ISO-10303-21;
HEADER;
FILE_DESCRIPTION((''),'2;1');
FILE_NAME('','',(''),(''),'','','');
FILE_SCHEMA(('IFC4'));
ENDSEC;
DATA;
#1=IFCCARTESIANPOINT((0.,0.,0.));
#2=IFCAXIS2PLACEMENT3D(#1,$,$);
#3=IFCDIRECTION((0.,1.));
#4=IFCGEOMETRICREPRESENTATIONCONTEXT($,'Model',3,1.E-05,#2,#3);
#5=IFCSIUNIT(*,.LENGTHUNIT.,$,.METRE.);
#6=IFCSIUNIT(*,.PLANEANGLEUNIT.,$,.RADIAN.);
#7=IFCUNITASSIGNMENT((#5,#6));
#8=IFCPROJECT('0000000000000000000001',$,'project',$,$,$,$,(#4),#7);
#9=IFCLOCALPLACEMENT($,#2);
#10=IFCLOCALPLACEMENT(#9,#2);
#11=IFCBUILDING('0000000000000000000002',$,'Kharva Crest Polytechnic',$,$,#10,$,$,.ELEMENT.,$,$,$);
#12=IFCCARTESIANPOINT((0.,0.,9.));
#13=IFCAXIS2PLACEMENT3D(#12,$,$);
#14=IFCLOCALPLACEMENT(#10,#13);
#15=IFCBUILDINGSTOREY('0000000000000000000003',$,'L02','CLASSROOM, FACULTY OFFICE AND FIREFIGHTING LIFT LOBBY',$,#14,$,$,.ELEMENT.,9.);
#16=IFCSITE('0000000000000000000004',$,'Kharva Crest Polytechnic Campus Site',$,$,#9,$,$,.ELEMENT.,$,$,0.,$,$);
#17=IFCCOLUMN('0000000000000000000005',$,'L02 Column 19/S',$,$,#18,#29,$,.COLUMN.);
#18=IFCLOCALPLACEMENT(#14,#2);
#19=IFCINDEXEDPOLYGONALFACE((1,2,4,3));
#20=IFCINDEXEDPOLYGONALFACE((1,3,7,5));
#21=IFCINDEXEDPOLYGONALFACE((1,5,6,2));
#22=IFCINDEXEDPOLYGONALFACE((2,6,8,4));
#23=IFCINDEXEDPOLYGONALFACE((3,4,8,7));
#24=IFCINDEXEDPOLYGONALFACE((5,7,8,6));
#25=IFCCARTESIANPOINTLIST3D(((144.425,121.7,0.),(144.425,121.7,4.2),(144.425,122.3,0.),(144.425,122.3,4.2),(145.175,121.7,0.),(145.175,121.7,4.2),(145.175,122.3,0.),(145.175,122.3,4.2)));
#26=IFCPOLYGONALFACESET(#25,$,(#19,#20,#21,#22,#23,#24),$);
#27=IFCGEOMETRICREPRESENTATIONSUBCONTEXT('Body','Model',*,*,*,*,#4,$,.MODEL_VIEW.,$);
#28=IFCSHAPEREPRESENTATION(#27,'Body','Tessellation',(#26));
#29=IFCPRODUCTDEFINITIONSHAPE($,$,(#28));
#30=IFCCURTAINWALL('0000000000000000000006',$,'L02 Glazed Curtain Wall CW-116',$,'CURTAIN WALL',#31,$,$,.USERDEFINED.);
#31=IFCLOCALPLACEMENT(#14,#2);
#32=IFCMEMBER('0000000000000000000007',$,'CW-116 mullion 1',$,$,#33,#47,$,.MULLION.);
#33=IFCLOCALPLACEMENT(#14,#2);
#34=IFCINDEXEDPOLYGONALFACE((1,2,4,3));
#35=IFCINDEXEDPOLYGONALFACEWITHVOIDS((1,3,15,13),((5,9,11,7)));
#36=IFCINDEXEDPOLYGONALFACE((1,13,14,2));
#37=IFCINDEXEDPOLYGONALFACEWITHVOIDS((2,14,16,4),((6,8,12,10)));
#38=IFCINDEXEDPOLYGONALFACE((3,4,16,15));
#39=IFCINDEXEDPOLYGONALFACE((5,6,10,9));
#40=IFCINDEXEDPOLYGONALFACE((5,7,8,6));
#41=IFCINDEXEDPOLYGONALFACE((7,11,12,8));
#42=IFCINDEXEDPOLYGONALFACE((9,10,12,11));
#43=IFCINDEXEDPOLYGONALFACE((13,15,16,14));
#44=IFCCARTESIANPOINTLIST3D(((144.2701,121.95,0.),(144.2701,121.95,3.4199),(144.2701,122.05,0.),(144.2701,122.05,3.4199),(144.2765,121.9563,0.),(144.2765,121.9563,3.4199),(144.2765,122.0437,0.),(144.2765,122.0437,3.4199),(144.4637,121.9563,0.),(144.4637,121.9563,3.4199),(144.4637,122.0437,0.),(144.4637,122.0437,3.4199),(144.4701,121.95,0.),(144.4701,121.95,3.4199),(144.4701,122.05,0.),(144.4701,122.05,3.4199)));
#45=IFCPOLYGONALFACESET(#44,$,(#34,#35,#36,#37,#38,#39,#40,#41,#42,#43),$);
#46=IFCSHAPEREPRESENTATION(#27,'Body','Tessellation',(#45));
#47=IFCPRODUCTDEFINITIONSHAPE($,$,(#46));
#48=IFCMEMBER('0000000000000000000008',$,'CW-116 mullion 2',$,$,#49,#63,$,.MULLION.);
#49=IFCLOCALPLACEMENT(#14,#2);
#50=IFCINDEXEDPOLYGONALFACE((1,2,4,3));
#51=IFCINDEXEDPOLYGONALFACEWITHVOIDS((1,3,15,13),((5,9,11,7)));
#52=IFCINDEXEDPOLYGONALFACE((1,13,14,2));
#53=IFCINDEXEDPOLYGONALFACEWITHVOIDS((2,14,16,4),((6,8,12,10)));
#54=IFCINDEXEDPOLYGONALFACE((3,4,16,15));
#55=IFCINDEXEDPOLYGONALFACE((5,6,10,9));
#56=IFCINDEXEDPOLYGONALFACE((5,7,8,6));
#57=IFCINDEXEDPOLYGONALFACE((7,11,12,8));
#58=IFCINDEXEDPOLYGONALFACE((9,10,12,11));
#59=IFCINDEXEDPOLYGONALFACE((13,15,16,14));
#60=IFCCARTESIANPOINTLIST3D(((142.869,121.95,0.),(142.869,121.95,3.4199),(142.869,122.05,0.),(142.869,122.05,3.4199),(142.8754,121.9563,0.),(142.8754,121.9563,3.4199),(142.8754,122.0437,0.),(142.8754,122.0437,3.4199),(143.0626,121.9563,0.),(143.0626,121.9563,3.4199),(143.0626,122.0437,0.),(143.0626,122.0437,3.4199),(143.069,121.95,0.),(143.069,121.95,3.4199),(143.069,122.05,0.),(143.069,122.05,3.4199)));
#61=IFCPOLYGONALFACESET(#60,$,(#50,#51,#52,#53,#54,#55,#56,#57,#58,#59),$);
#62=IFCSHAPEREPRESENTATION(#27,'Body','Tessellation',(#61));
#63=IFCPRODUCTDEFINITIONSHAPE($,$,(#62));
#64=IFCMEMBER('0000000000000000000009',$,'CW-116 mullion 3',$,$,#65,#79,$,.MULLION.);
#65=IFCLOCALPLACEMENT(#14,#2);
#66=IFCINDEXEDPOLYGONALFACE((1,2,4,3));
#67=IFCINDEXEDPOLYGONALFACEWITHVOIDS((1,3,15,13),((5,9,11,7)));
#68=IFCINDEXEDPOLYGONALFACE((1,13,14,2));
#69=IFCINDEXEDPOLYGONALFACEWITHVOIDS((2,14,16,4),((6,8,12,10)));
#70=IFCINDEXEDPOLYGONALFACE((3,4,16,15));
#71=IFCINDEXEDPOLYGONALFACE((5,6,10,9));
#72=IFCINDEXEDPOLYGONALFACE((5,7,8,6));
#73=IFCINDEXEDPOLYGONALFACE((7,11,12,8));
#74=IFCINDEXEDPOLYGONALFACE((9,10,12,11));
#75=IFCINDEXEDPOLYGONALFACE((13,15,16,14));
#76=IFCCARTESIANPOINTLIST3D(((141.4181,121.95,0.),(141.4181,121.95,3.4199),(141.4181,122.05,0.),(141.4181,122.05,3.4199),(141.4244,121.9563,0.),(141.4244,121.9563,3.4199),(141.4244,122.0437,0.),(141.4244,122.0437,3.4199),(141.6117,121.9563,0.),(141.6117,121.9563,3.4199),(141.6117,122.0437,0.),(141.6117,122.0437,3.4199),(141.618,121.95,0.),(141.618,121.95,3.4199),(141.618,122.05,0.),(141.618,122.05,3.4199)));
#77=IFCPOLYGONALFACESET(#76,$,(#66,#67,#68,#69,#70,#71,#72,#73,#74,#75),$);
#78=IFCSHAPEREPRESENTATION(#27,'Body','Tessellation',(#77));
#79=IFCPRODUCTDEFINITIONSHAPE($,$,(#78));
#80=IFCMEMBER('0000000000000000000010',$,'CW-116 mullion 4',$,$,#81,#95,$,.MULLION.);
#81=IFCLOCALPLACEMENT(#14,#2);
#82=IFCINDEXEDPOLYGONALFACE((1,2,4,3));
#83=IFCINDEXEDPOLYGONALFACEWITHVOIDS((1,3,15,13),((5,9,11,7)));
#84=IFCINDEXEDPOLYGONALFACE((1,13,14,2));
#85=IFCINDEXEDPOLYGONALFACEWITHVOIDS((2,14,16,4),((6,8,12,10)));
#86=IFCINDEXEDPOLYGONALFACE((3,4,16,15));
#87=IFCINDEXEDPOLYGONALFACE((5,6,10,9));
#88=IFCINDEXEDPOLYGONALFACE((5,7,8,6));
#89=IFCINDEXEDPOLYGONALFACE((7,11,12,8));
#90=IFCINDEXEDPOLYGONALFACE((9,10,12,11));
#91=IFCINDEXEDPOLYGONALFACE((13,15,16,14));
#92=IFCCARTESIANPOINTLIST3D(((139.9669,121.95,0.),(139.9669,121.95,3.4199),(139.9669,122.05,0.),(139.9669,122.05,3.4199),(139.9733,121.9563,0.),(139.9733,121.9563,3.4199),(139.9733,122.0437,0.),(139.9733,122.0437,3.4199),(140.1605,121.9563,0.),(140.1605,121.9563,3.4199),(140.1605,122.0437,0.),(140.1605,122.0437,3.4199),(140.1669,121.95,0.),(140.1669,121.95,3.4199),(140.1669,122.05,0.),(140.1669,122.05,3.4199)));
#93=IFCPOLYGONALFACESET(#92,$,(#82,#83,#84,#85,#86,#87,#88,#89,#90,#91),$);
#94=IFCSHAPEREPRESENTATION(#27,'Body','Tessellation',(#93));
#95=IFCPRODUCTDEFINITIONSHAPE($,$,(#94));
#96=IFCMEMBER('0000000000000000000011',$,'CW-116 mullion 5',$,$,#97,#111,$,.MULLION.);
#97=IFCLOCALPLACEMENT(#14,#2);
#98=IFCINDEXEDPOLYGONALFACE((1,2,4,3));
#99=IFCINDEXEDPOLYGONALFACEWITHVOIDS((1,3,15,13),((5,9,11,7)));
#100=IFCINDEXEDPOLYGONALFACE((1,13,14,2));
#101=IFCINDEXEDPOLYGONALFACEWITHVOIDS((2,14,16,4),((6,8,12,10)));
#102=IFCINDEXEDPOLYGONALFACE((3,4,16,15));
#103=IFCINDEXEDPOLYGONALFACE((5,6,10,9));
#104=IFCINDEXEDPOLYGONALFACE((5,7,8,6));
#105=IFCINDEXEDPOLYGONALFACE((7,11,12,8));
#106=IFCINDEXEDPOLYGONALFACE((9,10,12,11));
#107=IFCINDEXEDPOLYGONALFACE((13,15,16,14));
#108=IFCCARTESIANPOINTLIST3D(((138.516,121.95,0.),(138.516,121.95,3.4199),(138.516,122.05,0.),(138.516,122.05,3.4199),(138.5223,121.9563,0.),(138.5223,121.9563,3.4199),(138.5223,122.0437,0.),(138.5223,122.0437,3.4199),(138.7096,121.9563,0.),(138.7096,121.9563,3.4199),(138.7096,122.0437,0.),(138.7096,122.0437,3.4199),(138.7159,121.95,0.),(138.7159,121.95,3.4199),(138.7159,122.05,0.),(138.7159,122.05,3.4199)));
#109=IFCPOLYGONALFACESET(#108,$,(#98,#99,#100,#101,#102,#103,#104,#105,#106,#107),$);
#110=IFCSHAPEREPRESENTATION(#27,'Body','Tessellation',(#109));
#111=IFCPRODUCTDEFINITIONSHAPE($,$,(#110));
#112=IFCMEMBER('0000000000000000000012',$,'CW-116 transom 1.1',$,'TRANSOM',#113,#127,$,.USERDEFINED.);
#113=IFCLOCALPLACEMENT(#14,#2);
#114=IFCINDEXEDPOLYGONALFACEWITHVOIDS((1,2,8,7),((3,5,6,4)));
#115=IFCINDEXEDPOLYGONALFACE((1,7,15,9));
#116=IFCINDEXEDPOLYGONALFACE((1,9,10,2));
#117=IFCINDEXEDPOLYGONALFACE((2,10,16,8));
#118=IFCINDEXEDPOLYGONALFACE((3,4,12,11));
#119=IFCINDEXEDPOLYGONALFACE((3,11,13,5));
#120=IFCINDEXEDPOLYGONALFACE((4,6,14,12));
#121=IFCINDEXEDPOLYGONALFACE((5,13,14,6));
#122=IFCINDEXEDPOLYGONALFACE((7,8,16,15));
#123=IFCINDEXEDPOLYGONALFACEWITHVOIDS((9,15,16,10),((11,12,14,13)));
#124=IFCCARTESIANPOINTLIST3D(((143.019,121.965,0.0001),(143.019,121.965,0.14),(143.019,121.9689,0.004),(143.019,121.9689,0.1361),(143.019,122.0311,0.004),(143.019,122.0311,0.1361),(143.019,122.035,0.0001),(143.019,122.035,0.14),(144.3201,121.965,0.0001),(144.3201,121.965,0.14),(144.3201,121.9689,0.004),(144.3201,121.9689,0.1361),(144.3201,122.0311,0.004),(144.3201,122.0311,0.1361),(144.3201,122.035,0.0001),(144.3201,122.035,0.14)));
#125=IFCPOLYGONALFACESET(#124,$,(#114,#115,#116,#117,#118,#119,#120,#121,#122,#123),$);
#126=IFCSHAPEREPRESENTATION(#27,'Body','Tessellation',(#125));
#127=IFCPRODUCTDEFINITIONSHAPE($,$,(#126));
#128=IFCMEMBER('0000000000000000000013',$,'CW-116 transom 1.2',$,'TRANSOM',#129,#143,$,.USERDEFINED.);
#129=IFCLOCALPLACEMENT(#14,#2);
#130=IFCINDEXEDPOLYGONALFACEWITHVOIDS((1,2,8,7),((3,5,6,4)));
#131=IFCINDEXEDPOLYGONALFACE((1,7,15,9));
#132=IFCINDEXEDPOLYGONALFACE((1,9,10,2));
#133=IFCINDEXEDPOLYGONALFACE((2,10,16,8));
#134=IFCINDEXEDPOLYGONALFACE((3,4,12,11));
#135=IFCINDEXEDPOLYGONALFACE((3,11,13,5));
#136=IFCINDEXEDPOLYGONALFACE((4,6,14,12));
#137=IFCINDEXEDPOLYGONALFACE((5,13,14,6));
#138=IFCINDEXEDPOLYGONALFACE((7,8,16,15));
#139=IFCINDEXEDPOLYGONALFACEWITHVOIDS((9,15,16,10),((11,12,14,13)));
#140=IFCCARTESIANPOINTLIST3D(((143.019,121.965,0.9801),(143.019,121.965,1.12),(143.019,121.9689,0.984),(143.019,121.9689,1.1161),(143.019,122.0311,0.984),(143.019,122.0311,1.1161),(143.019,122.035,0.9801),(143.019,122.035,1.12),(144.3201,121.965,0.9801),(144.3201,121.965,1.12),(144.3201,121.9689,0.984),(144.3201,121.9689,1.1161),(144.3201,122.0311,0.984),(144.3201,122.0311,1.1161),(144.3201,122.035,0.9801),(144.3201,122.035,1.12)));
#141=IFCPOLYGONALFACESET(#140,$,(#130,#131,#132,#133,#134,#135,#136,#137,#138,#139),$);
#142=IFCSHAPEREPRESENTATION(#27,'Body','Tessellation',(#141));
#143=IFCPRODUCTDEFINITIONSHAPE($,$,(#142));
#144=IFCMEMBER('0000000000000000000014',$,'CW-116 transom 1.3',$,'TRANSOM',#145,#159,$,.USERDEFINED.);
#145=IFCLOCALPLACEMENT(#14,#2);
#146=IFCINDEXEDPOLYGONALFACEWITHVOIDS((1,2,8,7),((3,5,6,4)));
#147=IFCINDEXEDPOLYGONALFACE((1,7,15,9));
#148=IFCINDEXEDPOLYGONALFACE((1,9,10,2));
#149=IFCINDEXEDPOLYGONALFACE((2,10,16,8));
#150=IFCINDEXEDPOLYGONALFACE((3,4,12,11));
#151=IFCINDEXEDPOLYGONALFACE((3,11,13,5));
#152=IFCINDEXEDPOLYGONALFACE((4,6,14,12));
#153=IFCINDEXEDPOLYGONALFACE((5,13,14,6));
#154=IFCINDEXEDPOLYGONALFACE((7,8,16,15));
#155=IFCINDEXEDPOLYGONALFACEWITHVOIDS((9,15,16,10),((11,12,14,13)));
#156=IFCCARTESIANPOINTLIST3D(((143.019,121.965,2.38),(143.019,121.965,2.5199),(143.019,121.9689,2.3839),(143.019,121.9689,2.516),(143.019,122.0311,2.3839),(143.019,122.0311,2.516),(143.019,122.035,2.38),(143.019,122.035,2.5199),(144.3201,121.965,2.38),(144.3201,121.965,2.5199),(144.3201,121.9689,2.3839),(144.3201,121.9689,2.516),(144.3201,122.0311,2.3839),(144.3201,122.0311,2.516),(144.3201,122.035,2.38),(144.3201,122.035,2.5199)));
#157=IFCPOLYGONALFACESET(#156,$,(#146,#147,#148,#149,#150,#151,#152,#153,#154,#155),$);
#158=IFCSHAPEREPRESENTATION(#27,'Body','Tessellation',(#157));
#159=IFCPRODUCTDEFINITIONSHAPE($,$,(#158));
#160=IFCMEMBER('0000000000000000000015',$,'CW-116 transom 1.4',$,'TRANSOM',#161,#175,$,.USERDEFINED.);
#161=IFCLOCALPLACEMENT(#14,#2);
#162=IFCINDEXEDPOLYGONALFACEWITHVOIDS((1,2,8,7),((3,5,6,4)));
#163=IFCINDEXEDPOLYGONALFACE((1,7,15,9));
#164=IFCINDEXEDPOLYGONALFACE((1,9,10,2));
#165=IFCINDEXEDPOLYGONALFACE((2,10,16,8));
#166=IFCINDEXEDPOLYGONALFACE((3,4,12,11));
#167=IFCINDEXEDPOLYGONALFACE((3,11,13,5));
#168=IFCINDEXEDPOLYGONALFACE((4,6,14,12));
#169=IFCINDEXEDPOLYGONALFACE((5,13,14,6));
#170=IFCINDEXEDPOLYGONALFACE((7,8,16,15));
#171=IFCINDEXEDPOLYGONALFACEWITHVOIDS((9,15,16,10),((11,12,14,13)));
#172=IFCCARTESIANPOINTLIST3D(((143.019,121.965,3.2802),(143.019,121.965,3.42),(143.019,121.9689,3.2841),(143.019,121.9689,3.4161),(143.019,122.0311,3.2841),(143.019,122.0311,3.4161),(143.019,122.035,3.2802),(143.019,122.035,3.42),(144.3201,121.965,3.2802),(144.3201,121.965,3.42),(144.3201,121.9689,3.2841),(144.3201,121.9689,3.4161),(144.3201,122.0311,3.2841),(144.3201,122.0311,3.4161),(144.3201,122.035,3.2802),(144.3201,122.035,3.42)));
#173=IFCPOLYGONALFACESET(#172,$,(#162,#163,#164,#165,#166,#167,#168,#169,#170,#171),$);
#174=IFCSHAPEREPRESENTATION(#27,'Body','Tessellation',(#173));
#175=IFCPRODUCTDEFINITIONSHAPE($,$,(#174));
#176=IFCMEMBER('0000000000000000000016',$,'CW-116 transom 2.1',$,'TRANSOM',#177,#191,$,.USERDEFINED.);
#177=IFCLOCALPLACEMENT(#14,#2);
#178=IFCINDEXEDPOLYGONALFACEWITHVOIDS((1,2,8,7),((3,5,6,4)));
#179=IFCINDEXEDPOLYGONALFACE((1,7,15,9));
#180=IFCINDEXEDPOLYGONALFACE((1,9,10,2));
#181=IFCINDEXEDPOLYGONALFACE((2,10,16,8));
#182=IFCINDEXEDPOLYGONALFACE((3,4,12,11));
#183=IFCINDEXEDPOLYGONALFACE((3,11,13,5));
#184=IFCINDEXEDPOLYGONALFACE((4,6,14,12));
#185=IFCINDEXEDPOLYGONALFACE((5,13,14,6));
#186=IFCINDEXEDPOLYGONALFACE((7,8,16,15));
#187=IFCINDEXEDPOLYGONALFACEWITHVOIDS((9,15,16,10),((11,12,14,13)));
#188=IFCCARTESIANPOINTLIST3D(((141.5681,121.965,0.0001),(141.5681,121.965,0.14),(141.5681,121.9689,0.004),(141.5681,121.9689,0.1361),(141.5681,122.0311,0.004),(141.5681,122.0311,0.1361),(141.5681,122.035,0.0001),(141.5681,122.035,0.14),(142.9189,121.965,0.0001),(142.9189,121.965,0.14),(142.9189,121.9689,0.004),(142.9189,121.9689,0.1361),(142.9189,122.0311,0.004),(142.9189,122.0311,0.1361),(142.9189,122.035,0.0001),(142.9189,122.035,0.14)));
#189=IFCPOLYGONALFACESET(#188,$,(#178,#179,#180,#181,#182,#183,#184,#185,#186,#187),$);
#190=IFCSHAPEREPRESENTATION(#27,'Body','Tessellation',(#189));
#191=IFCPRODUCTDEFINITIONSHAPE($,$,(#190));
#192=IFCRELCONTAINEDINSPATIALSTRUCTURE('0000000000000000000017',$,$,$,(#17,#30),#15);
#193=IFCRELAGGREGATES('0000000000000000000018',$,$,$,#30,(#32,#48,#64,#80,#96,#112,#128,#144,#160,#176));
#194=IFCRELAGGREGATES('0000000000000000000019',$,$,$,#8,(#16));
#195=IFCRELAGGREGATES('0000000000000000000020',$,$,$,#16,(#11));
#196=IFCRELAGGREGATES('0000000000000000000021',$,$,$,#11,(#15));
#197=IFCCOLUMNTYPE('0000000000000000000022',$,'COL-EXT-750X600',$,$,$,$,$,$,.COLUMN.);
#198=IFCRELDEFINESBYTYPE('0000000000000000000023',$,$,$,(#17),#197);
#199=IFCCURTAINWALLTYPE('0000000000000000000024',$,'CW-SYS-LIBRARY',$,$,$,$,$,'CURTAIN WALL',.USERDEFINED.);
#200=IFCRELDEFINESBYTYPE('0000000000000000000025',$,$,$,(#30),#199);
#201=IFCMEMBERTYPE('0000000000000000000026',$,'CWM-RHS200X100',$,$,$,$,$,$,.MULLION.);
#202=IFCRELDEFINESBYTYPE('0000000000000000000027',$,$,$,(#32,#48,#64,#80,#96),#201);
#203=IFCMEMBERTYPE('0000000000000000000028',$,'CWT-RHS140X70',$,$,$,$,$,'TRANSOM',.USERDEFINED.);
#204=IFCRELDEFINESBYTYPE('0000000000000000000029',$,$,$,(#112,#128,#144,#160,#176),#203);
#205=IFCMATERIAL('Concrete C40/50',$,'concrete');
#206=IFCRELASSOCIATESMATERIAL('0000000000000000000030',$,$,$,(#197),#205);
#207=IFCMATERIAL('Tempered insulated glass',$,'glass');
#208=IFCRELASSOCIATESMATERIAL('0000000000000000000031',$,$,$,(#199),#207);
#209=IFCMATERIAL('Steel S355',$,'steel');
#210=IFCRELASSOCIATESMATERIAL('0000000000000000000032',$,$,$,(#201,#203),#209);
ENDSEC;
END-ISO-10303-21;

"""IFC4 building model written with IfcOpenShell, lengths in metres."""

from ifc_helpers import new_model, si_unit, direction, frame, origin, origin_2d, place, context, subcontext, project, spatial, rectangle, hollow_rectangle, extrude, material, material_profile, profile_set, type_object, element, aggregate, save


model = new_model("IFC4")

# Units and contexts
model_context = context("Model", 3, precision=1e-05, world=origin(), true_north=direction((0.0, 1.0)))
body_context = subcontext(model_context, "Body", "Model", "MODEL_VIEW")
ifc_project = project(units=[si_unit("LENGTHUNIT", "METRE"), si_unit("PLANEANGLEUNIT", "RADIAN")], contexts=[model_context])

# Site, building, storey
site_placement = place(None, origin())
site = spatial("IfcSite", under=ifc_project, at=site_placement, Name="Kharva Crest Polytechnic Campus Site", CompositionType="ELEMENT", RefElevation=0.0)
building_placement = place(site_placement, origin())
building = spatial("IfcBuilding", under=site, at=building_placement, Name="Kharva Crest Polytechnic", CompositionType="ELEMENT")
storey_placement = place(building_placement, frame((0.0, 0.0, 9.0)))
storey = spatial("IfcBuildingStorey", under=building, at=storey_placement, Name="L02", Description="CLASSROOM, FACULTY OFFICE AND FIREFIGHTING LIFT LOBBY", CompositionType="ELEMENT", Elevation=9.0)

# Column
ifc_material_1 = material(Name="Concrete C40/50", Category="concrete")
ifc_material_profile_1 = material_profile(ifc_material_1, rectangle(XDim=0.75, YDim=0.6001, at=origin_2d()), Name="RECT 750 X 600")
ifc_profile_set_1 = profile_set([ifc_material_profile_1], Name="Concrete C40/50")
column_type = type_object("IfcColumnType", Name="COL-EXT-750X600", PredefinedType="COLUMN", material=ifc_profile_set_1)
column_placement = place(storey_placement, frame((144.8, 122.0, 0.0), z_axis=(0.0, 0.0, 1.0), x_axis=(1.0, 0.0, 0.0)))
element("IfcColumn", 1, at=column_placement, inside=storey, type_object=column_type, Name="L02 Column 19/S", PredefinedType="COLUMN", context=body_context, shape_type="SweptSolid", body=[
    extrude(rectangle(XDim=0.75, YDim=0.6001, at=origin_2d()), origin(), (0.0, 0.0, 1.0), 4.2),
])

# Curtain wall, members
ifc_material_2 = material(Name="Tempered insulated glass", Category="glass")
curtain_wall_type = type_object("IfcCurtainWallType", Name="CW-SYS-LIBRARY", ElementType="CURTAIN WALL", PredefinedType="USERDEFINED", material=ifc_material_2)
curtain_wall_placement = place(storey_placement, origin())
curtain_wall = element("IfcCurtainWall", 2, at=curtain_wall_placement, inside=storey, type_object=curtain_wall_type, Name="L02 Glazed Curtain Wall CW-116", ObjectType="CURTAIN WALL", PredefinedType="USERDEFINED")
ifc_material_3 = material(Name="Steel S355", Category="steel")
ifc_material_profile_2 = material_profile(ifc_material_3, hollow_rectangle(XDim=0.1001, YDim=0.2, WallThickness=0.0063, at=origin_2d()), Name="RHS 200X100X6.3")
ifc_profile_set_2 = profile_set([ifc_material_profile_2], Name="Steel S355")
member_type_1 = type_object("IfcMemberType", Name="CWM-RHS200X100", PredefinedType="MULLION", material=ifc_profile_set_2)
member_1_placement = place(storey_placement, frame((144.3701, 122.0, 0.0), z_axis=(0.0, 0.0, 1.0), x_axis=(0.0, -1.0, 0.0)))
member_1 = element("IfcMember", 3, at=member_1_placement, type_object=member_type_1, Name="CW-116 mullion 1", PredefinedType="MULLION", context=body_context, shape_type="SweptSolid", body=[
    extrude(hollow_rectangle(XDim=0.1001, YDim=0.2, WallThickness=0.0063, at=origin_2d()), origin(), (0.0, 0.0, 1.0), 3.4199),
])
member_2_placement = place(storey_placement, frame((142.969, 122.0, 0.0), z_axis=(0.0, 0.0, 1.0), x_axis=(0.0, -1.0, 0.0)))
member_2 = element("IfcMember", 4, at=member_2_placement, type_object=member_type_1, Name="CW-116 mullion 2", PredefinedType="MULLION", context=body_context, shape_type="SweptSolid", body=[
    extrude(hollow_rectangle(XDim=0.1001, YDim=0.2, WallThickness=0.0063, at=origin_2d()), origin(), (0.0, 0.0, 1.0), 3.4199),
])
member_3_placement = place(storey_placement, frame((141.5181, 122.0, 0.0), z_axis=(0.0, 0.0, 1.0), x_axis=(0.0, -1.0, 0.0)))
member_3 = element("IfcMember", 5, at=member_3_placement, type_object=member_type_1, Name="CW-116 mullion 3", PredefinedType="MULLION", context=body_context, shape_type="SweptSolid", body=[
    extrude(hollow_rectangle(XDim=0.1001, YDim=0.2, WallThickness=0.0063, at=origin_2d()), origin(), (0.0, 0.0, 1.0), 3.4199),
])
member_4_placement = place(storey_placement, frame((140.0669, 122.0, 0.0), z_axis=(0.0, 0.0, 1.0), x_axis=(0.0, -1.0, 0.0)))
member_4 = element("IfcMember", 6, at=member_4_placement, type_object=member_type_1, Name="CW-116 mullion 4", PredefinedType="MULLION", context=body_context, shape_type="SweptSolid", body=[
    extrude(hollow_rectangle(XDim=0.1001, YDim=0.2, WallThickness=0.0063, at=origin_2d()), origin(), (0.0, 0.0, 1.0), 3.4199),
])
member_5_placement = place(storey_placement, frame((138.616, 122.0, 0.0), z_axis=(0.0, 0.0, 1.0), x_axis=(0.0, -1.0, 0.0)))
member_5 = element("IfcMember", 7, at=member_5_placement, type_object=member_type_1, Name="CW-116 mullion 5", PredefinedType="MULLION", context=body_context, shape_type="SweptSolid", body=[
    extrude(hollow_rectangle(XDim=0.1001, YDim=0.2, WallThickness=0.0063, at=origin_2d()), origin(), (0.0, 0.0, 1.0), 3.4199),
])
ifc_material_profile_3 = material_profile(ifc_material_3, hollow_rectangle(XDim=0.0701, YDim=0.1399, WallThickness=0.0039, at=origin_2d()), Name="RHS 140X70X4.0")
ifc_profile_set_3 = profile_set([ifc_material_profile_3], Name="Steel S355")
member_type_2 = type_object("IfcMemberType", Name="CWT-RHS140X70", ElementType="TRANSOM", PredefinedType="USERDEFINED", material=ifc_profile_set_3)
member_6_placement = place(storey_placement, frame((144.3201, 122.0, 0.0701), z_axis=(-1.0, 0.0, 0.0), x_axis=(0.0, -1.0, 0.0)))
member_6 = element("IfcMember", 8, at=member_6_placement, type_object=member_type_2, Name="CW-116 transom 1.1", ObjectType="TRANSOM", PredefinedType="USERDEFINED", context=body_context, shape_type="SweptSolid", body=[
    extrude(hollow_rectangle(XDim=0.0701, YDim=0.1399, WallThickness=0.0039, at=origin_2d()), origin(), (0.0, 0.0, 1.0), 1.301),
])
member_7_placement = place(storey_placement, frame((144.3201, 122.0, 1.05), z_axis=(-1.0, 0.0, 0.0), x_axis=(0.0, -1.0, 0.0)))
member_7 = element("IfcMember", 9, at=member_7_placement, type_object=member_type_2, Name="CW-116 transom 1.2", ObjectType="TRANSOM", PredefinedType="USERDEFINED", context=body_context, shape_type="SweptSolid", body=[
    extrude(hollow_rectangle(XDim=0.0701, YDim=0.1399, WallThickness=0.0039, at=origin_2d()), origin(), (0.0, 0.0, 1.0), 1.301),
])
member_8_placement = place(storey_placement, frame((144.3201, 122.0, 2.45), z_axis=(-1.0, 0.0, 0.0), x_axis=(0.0, -1.0, 0.0)))
member_8 = element("IfcMember", 10, at=member_8_placement, type_object=member_type_2, Name="CW-116 transom 1.3", ObjectType="TRANSOM", PredefinedType="USERDEFINED", context=body_context, shape_type="SweptSolid", body=[
    extrude(hollow_rectangle(XDim=0.0701, YDim=0.1399, WallThickness=0.0039, at=origin_2d()), origin(), (0.0, 0.0, 1.0), 1.301),
])
member_9_placement = place(storey_placement, frame((144.3201, 122.0, 3.3501), z_axis=(-1.0, 0.0, 0.0), x_axis=(0.0, -1.0, 0.0)))
member_9 = element("IfcMember", 11, at=member_9_placement, type_object=member_type_2, Name="CW-116 transom 1.4", ObjectType="TRANSOM", PredefinedType="USERDEFINED", context=body_context, shape_type="SweptSolid", body=[
    extrude(hollow_rectangle(XDim=0.0701, YDim=0.1399, WallThickness=0.0039, at=origin_2d()), origin(), (0.0, 0.0, 1.0), 1.301),
])
member_10_placement = place(storey_placement, frame((142.9189, 122.0, 0.0701), z_axis=(-1.0, 0.0, 0.0), x_axis=(0.0, -1.0, 0.0)))
member_10 = element("IfcMember", 12, at=member_10_placement, type_object=member_type_2, Name="CW-116 transom 2.1", ObjectType="TRANSOM", PredefinedType="USERDEFINED", context=body_context, shape_type="SweptSolid", body=[
    extrude(hollow_rectangle(XDim=0.0701, YDim=0.1399, WallThickness=0.0039, at=origin_2d()), origin(), (0.0, 0.0, 1.0), 1.3508),
])
aggregate(curtain_wall, [member_1, member_2, member_3, member_4, member_5, member_6, member_7, member_8, member_9, member_10])

save(model, "model.ifc")
